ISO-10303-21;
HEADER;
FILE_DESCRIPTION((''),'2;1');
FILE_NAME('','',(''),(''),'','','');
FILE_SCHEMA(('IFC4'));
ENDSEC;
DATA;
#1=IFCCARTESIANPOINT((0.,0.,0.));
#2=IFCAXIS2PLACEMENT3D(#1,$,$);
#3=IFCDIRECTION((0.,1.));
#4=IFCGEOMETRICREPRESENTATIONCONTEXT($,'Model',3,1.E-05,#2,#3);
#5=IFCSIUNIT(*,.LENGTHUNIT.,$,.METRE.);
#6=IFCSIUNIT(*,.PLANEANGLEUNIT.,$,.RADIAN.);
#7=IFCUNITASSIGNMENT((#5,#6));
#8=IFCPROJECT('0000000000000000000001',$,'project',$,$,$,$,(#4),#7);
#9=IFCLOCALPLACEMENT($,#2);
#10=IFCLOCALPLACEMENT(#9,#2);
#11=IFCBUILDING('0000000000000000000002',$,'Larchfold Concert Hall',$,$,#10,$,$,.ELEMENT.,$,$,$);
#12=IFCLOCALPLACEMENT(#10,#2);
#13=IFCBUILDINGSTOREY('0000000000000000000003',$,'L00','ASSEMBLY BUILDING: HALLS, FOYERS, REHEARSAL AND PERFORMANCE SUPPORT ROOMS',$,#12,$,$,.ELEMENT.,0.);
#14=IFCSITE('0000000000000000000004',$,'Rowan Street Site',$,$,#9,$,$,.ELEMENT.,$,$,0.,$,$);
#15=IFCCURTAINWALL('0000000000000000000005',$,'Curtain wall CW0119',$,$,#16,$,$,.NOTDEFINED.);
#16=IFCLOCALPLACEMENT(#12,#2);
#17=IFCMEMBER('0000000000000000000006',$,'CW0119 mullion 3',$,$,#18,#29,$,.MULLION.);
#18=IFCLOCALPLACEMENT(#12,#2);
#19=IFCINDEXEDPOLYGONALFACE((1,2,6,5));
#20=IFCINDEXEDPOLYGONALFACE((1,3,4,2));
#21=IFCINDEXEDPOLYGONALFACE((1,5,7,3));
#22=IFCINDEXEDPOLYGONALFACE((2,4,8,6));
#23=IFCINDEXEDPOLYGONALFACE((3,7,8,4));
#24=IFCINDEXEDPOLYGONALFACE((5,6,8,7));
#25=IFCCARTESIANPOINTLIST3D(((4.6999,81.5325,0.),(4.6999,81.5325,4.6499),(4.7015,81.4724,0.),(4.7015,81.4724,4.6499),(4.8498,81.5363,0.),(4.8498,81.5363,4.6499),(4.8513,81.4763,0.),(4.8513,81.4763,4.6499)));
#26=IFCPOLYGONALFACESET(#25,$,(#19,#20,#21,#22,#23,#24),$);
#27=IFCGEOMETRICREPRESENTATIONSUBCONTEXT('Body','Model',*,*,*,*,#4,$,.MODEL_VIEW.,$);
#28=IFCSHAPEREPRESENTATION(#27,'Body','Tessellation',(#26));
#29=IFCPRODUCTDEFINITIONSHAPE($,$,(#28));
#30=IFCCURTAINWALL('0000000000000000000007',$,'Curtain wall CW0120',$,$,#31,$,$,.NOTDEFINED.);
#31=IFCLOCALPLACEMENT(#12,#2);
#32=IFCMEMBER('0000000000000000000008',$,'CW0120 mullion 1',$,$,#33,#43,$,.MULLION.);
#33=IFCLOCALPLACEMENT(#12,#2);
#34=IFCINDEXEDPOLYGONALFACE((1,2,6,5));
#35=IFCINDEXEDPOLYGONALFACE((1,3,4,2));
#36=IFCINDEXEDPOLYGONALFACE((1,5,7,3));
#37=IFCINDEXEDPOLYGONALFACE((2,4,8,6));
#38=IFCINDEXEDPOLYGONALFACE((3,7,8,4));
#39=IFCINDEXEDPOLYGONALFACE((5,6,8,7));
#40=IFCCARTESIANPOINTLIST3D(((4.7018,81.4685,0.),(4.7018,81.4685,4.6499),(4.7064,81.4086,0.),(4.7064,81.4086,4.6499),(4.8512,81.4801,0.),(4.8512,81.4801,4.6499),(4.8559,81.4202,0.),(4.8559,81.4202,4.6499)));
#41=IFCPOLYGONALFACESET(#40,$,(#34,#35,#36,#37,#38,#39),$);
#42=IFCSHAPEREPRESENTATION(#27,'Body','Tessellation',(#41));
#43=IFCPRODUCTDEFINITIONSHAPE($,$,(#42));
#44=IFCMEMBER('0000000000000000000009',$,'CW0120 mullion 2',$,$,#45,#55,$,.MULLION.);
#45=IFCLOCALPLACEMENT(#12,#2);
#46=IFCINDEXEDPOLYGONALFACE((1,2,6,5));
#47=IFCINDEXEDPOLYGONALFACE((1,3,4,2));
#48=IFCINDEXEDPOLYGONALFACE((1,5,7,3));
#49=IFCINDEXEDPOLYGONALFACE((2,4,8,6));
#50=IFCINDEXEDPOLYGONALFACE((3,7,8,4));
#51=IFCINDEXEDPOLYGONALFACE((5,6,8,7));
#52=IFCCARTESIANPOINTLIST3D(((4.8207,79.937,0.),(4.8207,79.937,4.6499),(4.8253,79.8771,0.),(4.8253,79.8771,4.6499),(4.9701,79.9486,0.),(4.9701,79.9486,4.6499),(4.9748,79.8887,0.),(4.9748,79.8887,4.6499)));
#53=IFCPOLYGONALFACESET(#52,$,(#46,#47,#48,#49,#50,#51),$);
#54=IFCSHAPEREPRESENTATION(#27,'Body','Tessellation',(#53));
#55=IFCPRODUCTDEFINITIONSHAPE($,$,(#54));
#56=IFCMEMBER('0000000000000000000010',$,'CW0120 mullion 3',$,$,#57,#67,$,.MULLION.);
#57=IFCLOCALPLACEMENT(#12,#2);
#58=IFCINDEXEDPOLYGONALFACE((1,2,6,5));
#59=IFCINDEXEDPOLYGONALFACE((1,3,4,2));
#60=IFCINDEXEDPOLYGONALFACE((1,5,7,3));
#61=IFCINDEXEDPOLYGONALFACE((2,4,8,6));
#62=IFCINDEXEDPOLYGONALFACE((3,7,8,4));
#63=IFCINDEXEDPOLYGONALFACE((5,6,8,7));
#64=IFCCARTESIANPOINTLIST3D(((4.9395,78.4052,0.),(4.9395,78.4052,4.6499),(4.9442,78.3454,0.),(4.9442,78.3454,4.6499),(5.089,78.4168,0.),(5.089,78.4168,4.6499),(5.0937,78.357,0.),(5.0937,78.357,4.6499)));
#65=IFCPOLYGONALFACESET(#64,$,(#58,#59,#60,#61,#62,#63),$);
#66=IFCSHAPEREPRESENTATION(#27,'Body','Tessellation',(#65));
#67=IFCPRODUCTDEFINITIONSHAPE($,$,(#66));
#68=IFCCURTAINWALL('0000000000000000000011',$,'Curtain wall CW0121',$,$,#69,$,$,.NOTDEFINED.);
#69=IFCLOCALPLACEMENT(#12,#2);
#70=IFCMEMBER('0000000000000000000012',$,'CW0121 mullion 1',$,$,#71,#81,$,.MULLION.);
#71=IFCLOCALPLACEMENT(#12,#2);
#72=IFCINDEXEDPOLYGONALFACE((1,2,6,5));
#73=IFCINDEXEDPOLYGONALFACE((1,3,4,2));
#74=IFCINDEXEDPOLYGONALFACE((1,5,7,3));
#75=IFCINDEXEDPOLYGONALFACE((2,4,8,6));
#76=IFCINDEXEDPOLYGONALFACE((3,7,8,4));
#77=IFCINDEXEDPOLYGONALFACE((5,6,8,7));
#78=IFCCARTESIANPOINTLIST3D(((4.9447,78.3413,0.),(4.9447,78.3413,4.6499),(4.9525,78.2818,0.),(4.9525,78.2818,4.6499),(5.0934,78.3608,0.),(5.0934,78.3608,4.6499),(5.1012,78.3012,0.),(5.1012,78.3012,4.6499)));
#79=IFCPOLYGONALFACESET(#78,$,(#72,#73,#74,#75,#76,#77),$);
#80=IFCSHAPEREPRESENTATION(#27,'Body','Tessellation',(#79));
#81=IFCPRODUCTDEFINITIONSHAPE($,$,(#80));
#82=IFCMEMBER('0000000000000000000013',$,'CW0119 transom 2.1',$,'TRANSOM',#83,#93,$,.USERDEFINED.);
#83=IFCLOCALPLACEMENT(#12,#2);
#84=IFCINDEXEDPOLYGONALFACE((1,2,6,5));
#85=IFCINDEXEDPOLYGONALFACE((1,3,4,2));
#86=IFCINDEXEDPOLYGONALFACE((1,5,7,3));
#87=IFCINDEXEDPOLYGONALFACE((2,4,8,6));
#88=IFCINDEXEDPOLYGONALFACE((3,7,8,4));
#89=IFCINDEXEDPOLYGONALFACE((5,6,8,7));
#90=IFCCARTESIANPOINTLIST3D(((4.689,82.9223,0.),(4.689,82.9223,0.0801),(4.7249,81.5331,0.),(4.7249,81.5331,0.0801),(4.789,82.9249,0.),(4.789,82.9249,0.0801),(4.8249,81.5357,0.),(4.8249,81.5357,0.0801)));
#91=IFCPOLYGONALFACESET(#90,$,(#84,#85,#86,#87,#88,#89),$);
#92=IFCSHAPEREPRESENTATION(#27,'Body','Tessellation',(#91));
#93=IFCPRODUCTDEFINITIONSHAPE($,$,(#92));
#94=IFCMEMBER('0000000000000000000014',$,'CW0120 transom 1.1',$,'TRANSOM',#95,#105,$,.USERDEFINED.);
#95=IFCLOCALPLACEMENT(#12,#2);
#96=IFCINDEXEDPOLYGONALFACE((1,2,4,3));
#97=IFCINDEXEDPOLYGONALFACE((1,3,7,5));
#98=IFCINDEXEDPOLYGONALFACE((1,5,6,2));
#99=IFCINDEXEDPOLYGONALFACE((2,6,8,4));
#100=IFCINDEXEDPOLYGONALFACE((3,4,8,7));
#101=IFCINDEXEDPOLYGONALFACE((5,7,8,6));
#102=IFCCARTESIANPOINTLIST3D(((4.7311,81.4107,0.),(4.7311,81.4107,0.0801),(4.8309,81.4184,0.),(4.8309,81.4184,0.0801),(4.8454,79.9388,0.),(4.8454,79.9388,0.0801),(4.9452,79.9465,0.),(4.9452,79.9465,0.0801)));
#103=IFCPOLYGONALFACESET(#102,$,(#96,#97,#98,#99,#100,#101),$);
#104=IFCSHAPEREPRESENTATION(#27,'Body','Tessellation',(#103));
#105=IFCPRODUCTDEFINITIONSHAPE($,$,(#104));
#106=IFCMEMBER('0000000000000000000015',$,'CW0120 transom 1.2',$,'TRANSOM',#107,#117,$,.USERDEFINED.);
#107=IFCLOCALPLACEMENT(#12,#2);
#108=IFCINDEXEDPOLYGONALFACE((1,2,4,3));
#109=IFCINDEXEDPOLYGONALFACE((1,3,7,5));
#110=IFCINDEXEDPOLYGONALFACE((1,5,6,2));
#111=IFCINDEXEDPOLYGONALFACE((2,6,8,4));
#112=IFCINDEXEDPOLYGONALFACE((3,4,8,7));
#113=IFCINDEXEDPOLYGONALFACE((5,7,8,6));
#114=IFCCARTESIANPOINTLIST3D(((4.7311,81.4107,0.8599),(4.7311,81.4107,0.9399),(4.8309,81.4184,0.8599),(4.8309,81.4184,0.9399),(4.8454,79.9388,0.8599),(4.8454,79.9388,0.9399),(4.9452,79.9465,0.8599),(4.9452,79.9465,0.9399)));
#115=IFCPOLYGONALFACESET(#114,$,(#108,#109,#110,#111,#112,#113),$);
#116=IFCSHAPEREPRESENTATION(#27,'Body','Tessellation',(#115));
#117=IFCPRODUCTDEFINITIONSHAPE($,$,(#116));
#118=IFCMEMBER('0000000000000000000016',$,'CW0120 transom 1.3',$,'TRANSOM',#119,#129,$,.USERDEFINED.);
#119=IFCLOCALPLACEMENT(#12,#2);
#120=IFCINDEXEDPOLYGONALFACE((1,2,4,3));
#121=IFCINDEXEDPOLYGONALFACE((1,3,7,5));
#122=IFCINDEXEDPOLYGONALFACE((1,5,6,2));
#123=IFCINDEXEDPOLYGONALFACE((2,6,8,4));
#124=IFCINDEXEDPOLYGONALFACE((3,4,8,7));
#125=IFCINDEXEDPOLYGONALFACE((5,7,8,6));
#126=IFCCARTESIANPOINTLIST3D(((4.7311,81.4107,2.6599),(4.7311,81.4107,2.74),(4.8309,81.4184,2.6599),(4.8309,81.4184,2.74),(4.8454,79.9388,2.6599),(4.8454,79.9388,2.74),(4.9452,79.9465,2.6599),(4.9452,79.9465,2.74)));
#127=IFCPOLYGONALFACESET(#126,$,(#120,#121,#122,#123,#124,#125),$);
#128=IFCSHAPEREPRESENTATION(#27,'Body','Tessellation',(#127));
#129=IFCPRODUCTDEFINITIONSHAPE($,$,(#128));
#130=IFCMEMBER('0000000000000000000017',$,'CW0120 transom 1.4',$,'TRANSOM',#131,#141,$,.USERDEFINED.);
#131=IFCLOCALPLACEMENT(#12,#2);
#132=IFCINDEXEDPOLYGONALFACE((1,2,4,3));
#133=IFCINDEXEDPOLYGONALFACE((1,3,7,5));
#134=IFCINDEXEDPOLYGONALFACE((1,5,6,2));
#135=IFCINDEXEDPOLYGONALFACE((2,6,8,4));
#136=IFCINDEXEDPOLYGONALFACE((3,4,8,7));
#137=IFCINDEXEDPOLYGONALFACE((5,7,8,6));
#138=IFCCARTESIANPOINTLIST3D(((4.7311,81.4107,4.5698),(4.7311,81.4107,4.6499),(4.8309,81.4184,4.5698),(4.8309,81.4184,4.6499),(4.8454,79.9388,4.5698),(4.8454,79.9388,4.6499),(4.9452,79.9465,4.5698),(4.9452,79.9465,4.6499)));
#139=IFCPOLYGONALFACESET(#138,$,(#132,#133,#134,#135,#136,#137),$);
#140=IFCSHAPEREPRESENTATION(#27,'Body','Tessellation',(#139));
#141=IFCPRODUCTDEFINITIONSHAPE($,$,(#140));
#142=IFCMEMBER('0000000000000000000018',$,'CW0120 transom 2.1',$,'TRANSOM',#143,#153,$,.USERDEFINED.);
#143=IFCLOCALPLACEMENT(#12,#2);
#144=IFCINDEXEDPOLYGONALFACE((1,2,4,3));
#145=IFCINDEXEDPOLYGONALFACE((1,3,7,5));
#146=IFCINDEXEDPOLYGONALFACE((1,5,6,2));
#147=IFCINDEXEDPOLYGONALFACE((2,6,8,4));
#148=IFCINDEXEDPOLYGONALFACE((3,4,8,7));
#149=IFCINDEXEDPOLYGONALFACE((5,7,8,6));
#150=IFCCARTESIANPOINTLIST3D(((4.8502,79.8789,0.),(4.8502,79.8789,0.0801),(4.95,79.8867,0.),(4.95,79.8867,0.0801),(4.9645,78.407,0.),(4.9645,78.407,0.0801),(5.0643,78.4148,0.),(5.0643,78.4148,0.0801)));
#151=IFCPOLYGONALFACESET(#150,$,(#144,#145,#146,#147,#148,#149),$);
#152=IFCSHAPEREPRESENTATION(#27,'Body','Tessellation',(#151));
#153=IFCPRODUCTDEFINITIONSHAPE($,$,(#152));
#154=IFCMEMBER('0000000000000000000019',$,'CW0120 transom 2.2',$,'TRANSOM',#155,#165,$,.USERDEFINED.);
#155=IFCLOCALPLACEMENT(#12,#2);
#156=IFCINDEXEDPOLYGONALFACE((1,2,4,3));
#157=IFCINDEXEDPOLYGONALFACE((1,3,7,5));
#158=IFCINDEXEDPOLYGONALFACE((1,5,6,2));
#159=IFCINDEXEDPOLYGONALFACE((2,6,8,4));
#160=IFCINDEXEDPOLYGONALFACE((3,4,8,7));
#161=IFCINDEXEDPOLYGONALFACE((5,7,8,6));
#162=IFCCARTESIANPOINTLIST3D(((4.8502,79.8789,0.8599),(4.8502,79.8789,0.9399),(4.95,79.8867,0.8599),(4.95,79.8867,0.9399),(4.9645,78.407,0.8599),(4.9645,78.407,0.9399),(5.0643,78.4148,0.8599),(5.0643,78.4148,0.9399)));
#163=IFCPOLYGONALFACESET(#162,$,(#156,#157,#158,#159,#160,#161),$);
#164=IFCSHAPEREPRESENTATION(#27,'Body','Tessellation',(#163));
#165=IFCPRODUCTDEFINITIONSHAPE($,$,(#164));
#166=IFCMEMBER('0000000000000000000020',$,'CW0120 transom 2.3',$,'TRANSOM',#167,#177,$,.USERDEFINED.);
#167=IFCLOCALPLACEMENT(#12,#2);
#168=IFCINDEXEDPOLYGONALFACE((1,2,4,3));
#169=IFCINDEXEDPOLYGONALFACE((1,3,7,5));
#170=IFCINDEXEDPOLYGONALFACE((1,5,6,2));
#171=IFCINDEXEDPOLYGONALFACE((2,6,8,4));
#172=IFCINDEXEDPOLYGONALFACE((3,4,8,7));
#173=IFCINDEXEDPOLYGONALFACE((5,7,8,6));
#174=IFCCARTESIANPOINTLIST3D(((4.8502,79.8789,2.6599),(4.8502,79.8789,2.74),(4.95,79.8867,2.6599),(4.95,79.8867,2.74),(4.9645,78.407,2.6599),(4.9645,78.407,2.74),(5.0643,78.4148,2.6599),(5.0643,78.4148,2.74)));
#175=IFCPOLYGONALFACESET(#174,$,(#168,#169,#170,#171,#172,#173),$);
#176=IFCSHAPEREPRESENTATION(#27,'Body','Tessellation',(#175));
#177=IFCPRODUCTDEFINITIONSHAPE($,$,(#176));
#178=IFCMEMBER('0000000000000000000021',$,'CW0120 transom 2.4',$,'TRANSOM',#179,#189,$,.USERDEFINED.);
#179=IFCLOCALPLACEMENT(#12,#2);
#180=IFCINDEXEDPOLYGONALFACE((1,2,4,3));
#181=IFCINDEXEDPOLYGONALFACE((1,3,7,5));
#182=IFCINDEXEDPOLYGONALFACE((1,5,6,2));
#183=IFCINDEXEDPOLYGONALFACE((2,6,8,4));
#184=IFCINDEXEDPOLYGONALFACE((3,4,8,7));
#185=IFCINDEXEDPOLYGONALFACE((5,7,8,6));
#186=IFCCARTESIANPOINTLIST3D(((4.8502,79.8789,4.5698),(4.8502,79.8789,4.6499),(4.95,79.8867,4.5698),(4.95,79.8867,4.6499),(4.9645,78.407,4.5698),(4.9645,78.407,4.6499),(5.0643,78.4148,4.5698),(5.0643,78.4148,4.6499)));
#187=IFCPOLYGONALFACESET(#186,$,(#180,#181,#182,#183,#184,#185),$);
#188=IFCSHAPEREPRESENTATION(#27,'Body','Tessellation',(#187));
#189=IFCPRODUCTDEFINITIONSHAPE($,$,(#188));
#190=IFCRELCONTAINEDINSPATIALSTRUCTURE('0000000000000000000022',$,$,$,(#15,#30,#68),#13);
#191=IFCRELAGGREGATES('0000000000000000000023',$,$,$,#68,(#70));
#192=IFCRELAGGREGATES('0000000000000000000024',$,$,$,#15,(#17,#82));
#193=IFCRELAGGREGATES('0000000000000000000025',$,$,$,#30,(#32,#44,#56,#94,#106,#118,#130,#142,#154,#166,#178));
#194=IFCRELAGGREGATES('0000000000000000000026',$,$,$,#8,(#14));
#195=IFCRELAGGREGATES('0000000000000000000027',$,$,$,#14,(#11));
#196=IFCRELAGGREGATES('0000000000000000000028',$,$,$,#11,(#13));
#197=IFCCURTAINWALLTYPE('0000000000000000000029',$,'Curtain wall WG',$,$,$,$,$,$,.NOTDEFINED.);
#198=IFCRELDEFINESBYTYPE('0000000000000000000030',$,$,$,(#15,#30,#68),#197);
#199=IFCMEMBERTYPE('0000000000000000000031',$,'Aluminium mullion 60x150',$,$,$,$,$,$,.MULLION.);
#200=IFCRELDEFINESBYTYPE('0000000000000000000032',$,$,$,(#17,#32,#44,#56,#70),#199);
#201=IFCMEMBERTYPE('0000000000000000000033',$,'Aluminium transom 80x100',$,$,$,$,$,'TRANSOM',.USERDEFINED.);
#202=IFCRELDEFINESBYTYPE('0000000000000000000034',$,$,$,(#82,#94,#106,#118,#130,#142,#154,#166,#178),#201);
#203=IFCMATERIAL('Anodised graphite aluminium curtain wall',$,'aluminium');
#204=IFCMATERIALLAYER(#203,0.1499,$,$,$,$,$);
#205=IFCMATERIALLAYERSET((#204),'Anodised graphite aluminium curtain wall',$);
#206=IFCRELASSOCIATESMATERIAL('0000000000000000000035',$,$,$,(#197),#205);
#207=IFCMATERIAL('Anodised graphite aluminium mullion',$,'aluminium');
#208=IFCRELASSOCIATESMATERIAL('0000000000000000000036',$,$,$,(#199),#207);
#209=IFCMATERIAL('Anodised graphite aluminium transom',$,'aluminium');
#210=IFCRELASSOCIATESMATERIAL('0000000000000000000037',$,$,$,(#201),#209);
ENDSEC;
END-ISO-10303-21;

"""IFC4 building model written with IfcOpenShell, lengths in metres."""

from ifc_helpers import new_model, si_unit, direction, frame, origin, origin_2d, place, context, subcontext, project, spatial, rectangle, extrude, material, layer, layer_set, material_profile, profile_set, type_object, element, aggregate, save


model = new_model("IFC4")

# Units and contexts
model_context = context("Model", 3, precision=1e-05, world=origin(), true_north=direction((0.0, 1.0)))
body_context = subcontext(model_context, "Body", "Model", "MODEL_VIEW")
ifc_project = project(units=[si_unit("LENGTHUNIT", "METRE"), si_unit("PLANEANGLEUNIT", "RADIAN")], contexts=[model_context])

# Site, building, storey
site_placement = place(None, origin())
site = spatial("IfcSite", under=ifc_project, at=site_placement, Name="Rowan Street Site", CompositionType="ELEMENT", RefElevation=0.0)
building_placement = place(site_placement, origin())
building = spatial("IfcBuilding", under=site, at=building_placement, Name="Larchfold Concert Hall", CompositionType="ELEMENT")
storey_placement = place(building_placement, origin())
storey = spatial("IfcBuildingStorey", under=building, at=storey_placement, Name="L00", Description="ASSEMBLY BUILDING: HALLS, FOYERS, REHEARSAL AND PERFORMANCE SUPPORT ROOMS", CompositionType="ELEMENT", Elevation=0.0)

# Curtain wall, member
ifc_material_1 = material(Name="Anodised graphite aluminium curtain wall", Category="aluminium")
ifc_layer_1 = layer(ifc_material_1, 0.1499)
ifc_layer_set_1 = layer_set([ifc_layer_1], Name="Anodised graphite aluminium curtain wall")
curtain_wall_type = type_object("IfcCurtainWallType", Name="Curtain wall WG", PredefinedType="NOTDEFINED", material=ifc_layer_set_1)
curtain_wall_1_placement = place(storey_placement, origin())
curtain_wall_1 = element("IfcCurtainWall", 1, at=curtain_wall_1_placement, inside=storey, type_object=curtain_wall_type, Name="Curtain wall CW0119", PredefinedType="NOTDEFINED")
ifc_material_2 = material(Name="Anodised graphite aluminium mullion", Category="aluminium")
ifc_material_profile_1 = material_profile(ifc_material_2, rectangle(XDim=0.1499, YDim=0.0601, at=origin_2d()))
ifc_profile_set_1 = profile_set([ifc_material_profile_1], Name="Anodised graphite aluminium mullion")
member_type_1 = type_object("IfcMemberType", Name="Aluminium mullion 60x150", PredefinedType="MULLION", material=ifc_profile_set_1)
member_1_placement = place(storey_placement, frame((4.7756, 81.5044, 0.0), z_axis=(0.0, 0.0, 1.0), x_axis=(0.999667, 0.025821, 0.0)))
member_1 = element("IfcMember", 2, at=member_1_placement, type_object=member_type_1, Name="CW0119 mullion 3", PredefinedType="MULLION", context=body_context, shape_type="SweptSolid", body=[
    extrude(rectangle(XDim=0.1499, YDim=0.0601, at=origin_2d()), origin(), (0.0, 0.0, 1.0), 4.6499),
])

# Curtain wall, members
curtain_wall_2_placement = place(storey_placement, origin())
curtain_wall_2 = element("IfcCurtainWall", 3, at=curtain_wall_2_placement, inside=storey, type_object=curtain_wall_type, Name="Curtain wall CW0120", PredefinedType="NOTDEFINED")
member_2_placement = place(storey_placement, frame((4.7788, 81.4443, 0.0), z_axis=(0.0, 0.0, 1.0), x_axis=(0.996995, 0.077465, 0.0)))
member_2 = element("IfcMember", 4, at=member_2_placement, type_object=member_type_1, Name="CW0120 mullion 1", PredefinedType="MULLION", context=body_context, shape_type="SweptSolid", body=[
    extrude(rectangle(XDim=0.1499, YDim=0.0601, at=origin_2d()), origin(), (0.0, 0.0, 1.0), 4.6499),
])
member_3_placement = place(storey_placement, frame((4.8977, 79.9128, 0.0), z_axis=(0.0, 0.0, 1.0), x_axis=(0.996995, 0.077465, 0.0)))
member_3 = element("IfcMember", 5, at=member_3_placement, type_object=member_type_1, Name="CW0120 mullion 2", PredefinedType="MULLION", context=body_context, shape_type="SweptSolid", body=[
    extrude(rectangle(XDim=0.1499, YDim=0.0601, at=origin_2d()), origin(), (0.0, 0.0, 1.0), 4.6499),
])
member_4_placement = place(storey_placement, frame((5.0166, 78.3811, 0.0), z_axis=(0.0, 0.0, 1.0), x_axis=(0.996995, 0.077465, 0.0)))
member_4 = element("IfcMember", 6, at=member_4_placement, type_object=member_type_1, Name="CW0120 mullion 3", PredefinedType="MULLION", context=body_context, shape_type="SweptSolid", body=[
    extrude(rectangle(XDim=0.1499, YDim=0.0601, at=origin_2d()), origin(), (0.0, 0.0, 1.0), 4.6499),
])

# Curtain wall, member
curtain_wall_3_placement = place(storey_placement, origin())
curtain_wall_3 = element("IfcCurtainWall", 7, at=curtain_wall_3_placement, inside=storey, type_object=curtain_wall_type, Name="Curtain wall CW0121", PredefinedType="NOTDEFINED")
member_5_placement = place(storey_placement, frame((5.0229, 78.3213, 0.0), z_axis=(0.0, 0.0, 1.0), x_axis=(0.991545, 0.129764, 0.0)))
member_5 = element("IfcMember", 8, at=member_5_placement, type_object=member_type_1, Name="CW0121 mullion 1", PredefinedType="MULLION", context=body_context, shape_type="SweptSolid", body=[
    extrude(rectangle(XDim=0.1499, YDim=0.0601, at=origin_2d()), origin(), (0.0, 0.0, 1.0), 4.6499),
])

# Members
ifc_material_3 = material(Name="Anodised graphite aluminium transom", Category="aluminium")
ifc_material_profile_2 = material_profile(ifc_material_3, rectangle(XDim=0.1001, YDim=0.0801, at=origin_2d()))
ifc_profile_set_2 = profile_set([ifc_material_profile_2], Name="Anodised graphite aluminium transom")
member_type_2 = type_object("IfcMemberType", Name="Aluminium transom 80x100", ElementType="TRANSOM", PredefinedType="USERDEFINED", material=ifc_profile_set_2)
member_6_placement = place(storey_placement, frame((4.739, 82.9236, 0.04), z_axis=(0.025826, -0.999666, 0.0), x_axis=(0.999666, 0.025826, 0.0)))
member_6 = element("IfcMember", 9, at=member_6_placement, type_object=member_type_2, Name="CW0119 transom 2.1", ObjectType="TRANSOM", PredefinedType="USERDEFINED", context=body_context, shape_type="SweptSolid", body=[
    extrude(rectangle(XDim=0.1001, YDim=0.0801, at=origin_2d()), origin(), (0.0, 0.0, 1.0), 1.3896),
])
member_7_placement = place(storey_placement, frame((4.781, 81.4146, 0.04), z_axis=(0.077392, -0.997001, 0.0), x_axis=(0.997001, 0.077392, 0.0)))
member_7 = element("IfcMember", 10, at=member_7_placement, type_object=member_type_2, Name="CW0120 transom 1.1", ObjectType="TRANSOM", PredefinedType="USERDEFINED", context=body_context, shape_type="SweptSolid", body=[
    extrude(rectangle(XDim=0.1001, YDim=0.0801, at=origin_2d()), origin(), (0.0, 0.0, 1.0), 1.4763),
])
member_8_placement = place(storey_placement, frame((4.781, 81.4146, 0.8999), z_axis=(0.077392, -0.997001, 0.0), x_axis=(0.997001, 0.077392, 0.0)))
member_8 = element("IfcMember", 11, at=member_8_placement, type_object=member_type_2, Name="CW0120 transom 1.2", ObjectType="TRANSOM", PredefinedType="USERDEFINED", context=body_context, shape_type="SweptSolid", body=[
    extrude(rectangle(XDim=0.1001, YDim=0.0801, at=origin_2d()), origin(), (0.0, 0.0, 1.0), 1.4763),
])
member_9_placement = place(storey_placement, frame((4.781, 81.4146, 2.7), z_axis=(0.077392, -0.997001, 0.0), x_axis=(0.997001, 0.077392, 0.0)))
member_9 = element("IfcMember", 12, at=member_9_placement, type_object=member_type_2, Name="CW0120 transom 1.3", ObjectType="TRANSOM", PredefinedType="USERDEFINED", context=body_context, shape_type="SweptSolid", body=[
    extrude(rectangle(XDim=0.1001, YDim=0.0801, at=origin_2d()), origin(), (0.0, 0.0, 1.0), 1.4763),
])
member_10_placement = place(storey_placement, frame((4.781, 81.4146, 4.6099), z_axis=(0.077392, -0.997001, 0.0), x_axis=(0.997001, 0.077392, 0.0)))
member_10 = element("IfcMember", 13, at=member_10_placement, type_object=member_type_2, Name="CW0120 transom 1.4", ObjectType="TRANSOM", PredefinedType="USERDEFINED", context=body_context, shape_type="SweptSolid", body=[
    extrude(rectangle(XDim=0.1001, YDim=0.0801, at=origin_2d()), origin(), (0.0, 0.0, 1.0), 1.4763),
])
member_11_placement = place(storey_placement, frame((4.9001, 79.8828, 0.04), z_axis=(0.077392, -0.997001, 0.0), x_axis=(0.997001, 0.077392, 0.0)))
member_11 = element("IfcMember", 14, at=member_11_placement, type_object=member_type_2, Name="CW0120 transom 2.1", ObjectType="TRANSOM", PredefinedType="USERDEFINED", context=body_context, shape_type="SweptSolid", body=[
    extrude(rectangle(XDim=0.1001, YDim=0.0801, at=origin_2d()), origin(), (0.0, 0.0, 1.0), 1.4763),
])
member_12_placement = place(storey_placement, frame((4.9001, 79.8828, 0.8999), z_axis=(0.077392, -0.997001, 0.0), x_axis=(0.997001, 0.077392, 0.0)))
member_12 = element("IfcMember", 15, at=member_12_placement, type_object=member_type_2, Name="CW0120 transom 2.2", ObjectType="TRANSOM", PredefinedType="USERDEFINED", context=body_context, shape_type="SweptSolid", body=[
    extrude(rectangle(XDim=0.1001, YDim=0.0801, at=origin_2d()), origin(), (0.0, 0.0, 1.0), 1.4763),
])
member_13_placement = place(storey_placement, frame((4.9001, 79.8828, 2.7), z_axis=(0.077392, -0.997001, 0.0), x_axis=(0.997001, 0.077392, 0.0)))
member_13 = element("IfcMember", 16, at=member_13_placement, type_object=member_type_2, Name="CW0120 transom 2.3", ObjectType="TRANSOM", PredefinedType="USERDEFINED", context=body_context, shape_type="SweptSolid", body=[
    extrude(rectangle(XDim=0.1001, YDim=0.0801, at=origin_2d()), origin(), (0.0, 0.0, 1.0), 1.4763),
])
member_14_placement = place(storey_placement, frame((4.9001, 79.8828, 4.6099), z_axis=(0.077392, -0.997001, 0.0), x_axis=(0.997001, 0.077392, 0.0)))
member_14 = element("IfcMember", 17, at=member_14_placement, type_object=member_type_2, Name="CW0120 transom 2.4", ObjectType="TRANSOM", PredefinedType="USERDEFINED", context=body_context, shape_type="SweptSolid", body=[
    extrude(rectangle(XDim=0.1001, YDim=0.0801, at=origin_2d()), origin(), (0.0, 0.0, 1.0), 1.4763),
])
aggregate(curtain_wall_3, [member_5])

aggregate(curtain_wall_1, [member_1, member_6])
aggregate(curtain_wall_2, [member_2, member_3, member_4, member_7, member_8, member_9, member_10, member_11, member_12, member_13, member_14])

save(model, "model.ifc")
